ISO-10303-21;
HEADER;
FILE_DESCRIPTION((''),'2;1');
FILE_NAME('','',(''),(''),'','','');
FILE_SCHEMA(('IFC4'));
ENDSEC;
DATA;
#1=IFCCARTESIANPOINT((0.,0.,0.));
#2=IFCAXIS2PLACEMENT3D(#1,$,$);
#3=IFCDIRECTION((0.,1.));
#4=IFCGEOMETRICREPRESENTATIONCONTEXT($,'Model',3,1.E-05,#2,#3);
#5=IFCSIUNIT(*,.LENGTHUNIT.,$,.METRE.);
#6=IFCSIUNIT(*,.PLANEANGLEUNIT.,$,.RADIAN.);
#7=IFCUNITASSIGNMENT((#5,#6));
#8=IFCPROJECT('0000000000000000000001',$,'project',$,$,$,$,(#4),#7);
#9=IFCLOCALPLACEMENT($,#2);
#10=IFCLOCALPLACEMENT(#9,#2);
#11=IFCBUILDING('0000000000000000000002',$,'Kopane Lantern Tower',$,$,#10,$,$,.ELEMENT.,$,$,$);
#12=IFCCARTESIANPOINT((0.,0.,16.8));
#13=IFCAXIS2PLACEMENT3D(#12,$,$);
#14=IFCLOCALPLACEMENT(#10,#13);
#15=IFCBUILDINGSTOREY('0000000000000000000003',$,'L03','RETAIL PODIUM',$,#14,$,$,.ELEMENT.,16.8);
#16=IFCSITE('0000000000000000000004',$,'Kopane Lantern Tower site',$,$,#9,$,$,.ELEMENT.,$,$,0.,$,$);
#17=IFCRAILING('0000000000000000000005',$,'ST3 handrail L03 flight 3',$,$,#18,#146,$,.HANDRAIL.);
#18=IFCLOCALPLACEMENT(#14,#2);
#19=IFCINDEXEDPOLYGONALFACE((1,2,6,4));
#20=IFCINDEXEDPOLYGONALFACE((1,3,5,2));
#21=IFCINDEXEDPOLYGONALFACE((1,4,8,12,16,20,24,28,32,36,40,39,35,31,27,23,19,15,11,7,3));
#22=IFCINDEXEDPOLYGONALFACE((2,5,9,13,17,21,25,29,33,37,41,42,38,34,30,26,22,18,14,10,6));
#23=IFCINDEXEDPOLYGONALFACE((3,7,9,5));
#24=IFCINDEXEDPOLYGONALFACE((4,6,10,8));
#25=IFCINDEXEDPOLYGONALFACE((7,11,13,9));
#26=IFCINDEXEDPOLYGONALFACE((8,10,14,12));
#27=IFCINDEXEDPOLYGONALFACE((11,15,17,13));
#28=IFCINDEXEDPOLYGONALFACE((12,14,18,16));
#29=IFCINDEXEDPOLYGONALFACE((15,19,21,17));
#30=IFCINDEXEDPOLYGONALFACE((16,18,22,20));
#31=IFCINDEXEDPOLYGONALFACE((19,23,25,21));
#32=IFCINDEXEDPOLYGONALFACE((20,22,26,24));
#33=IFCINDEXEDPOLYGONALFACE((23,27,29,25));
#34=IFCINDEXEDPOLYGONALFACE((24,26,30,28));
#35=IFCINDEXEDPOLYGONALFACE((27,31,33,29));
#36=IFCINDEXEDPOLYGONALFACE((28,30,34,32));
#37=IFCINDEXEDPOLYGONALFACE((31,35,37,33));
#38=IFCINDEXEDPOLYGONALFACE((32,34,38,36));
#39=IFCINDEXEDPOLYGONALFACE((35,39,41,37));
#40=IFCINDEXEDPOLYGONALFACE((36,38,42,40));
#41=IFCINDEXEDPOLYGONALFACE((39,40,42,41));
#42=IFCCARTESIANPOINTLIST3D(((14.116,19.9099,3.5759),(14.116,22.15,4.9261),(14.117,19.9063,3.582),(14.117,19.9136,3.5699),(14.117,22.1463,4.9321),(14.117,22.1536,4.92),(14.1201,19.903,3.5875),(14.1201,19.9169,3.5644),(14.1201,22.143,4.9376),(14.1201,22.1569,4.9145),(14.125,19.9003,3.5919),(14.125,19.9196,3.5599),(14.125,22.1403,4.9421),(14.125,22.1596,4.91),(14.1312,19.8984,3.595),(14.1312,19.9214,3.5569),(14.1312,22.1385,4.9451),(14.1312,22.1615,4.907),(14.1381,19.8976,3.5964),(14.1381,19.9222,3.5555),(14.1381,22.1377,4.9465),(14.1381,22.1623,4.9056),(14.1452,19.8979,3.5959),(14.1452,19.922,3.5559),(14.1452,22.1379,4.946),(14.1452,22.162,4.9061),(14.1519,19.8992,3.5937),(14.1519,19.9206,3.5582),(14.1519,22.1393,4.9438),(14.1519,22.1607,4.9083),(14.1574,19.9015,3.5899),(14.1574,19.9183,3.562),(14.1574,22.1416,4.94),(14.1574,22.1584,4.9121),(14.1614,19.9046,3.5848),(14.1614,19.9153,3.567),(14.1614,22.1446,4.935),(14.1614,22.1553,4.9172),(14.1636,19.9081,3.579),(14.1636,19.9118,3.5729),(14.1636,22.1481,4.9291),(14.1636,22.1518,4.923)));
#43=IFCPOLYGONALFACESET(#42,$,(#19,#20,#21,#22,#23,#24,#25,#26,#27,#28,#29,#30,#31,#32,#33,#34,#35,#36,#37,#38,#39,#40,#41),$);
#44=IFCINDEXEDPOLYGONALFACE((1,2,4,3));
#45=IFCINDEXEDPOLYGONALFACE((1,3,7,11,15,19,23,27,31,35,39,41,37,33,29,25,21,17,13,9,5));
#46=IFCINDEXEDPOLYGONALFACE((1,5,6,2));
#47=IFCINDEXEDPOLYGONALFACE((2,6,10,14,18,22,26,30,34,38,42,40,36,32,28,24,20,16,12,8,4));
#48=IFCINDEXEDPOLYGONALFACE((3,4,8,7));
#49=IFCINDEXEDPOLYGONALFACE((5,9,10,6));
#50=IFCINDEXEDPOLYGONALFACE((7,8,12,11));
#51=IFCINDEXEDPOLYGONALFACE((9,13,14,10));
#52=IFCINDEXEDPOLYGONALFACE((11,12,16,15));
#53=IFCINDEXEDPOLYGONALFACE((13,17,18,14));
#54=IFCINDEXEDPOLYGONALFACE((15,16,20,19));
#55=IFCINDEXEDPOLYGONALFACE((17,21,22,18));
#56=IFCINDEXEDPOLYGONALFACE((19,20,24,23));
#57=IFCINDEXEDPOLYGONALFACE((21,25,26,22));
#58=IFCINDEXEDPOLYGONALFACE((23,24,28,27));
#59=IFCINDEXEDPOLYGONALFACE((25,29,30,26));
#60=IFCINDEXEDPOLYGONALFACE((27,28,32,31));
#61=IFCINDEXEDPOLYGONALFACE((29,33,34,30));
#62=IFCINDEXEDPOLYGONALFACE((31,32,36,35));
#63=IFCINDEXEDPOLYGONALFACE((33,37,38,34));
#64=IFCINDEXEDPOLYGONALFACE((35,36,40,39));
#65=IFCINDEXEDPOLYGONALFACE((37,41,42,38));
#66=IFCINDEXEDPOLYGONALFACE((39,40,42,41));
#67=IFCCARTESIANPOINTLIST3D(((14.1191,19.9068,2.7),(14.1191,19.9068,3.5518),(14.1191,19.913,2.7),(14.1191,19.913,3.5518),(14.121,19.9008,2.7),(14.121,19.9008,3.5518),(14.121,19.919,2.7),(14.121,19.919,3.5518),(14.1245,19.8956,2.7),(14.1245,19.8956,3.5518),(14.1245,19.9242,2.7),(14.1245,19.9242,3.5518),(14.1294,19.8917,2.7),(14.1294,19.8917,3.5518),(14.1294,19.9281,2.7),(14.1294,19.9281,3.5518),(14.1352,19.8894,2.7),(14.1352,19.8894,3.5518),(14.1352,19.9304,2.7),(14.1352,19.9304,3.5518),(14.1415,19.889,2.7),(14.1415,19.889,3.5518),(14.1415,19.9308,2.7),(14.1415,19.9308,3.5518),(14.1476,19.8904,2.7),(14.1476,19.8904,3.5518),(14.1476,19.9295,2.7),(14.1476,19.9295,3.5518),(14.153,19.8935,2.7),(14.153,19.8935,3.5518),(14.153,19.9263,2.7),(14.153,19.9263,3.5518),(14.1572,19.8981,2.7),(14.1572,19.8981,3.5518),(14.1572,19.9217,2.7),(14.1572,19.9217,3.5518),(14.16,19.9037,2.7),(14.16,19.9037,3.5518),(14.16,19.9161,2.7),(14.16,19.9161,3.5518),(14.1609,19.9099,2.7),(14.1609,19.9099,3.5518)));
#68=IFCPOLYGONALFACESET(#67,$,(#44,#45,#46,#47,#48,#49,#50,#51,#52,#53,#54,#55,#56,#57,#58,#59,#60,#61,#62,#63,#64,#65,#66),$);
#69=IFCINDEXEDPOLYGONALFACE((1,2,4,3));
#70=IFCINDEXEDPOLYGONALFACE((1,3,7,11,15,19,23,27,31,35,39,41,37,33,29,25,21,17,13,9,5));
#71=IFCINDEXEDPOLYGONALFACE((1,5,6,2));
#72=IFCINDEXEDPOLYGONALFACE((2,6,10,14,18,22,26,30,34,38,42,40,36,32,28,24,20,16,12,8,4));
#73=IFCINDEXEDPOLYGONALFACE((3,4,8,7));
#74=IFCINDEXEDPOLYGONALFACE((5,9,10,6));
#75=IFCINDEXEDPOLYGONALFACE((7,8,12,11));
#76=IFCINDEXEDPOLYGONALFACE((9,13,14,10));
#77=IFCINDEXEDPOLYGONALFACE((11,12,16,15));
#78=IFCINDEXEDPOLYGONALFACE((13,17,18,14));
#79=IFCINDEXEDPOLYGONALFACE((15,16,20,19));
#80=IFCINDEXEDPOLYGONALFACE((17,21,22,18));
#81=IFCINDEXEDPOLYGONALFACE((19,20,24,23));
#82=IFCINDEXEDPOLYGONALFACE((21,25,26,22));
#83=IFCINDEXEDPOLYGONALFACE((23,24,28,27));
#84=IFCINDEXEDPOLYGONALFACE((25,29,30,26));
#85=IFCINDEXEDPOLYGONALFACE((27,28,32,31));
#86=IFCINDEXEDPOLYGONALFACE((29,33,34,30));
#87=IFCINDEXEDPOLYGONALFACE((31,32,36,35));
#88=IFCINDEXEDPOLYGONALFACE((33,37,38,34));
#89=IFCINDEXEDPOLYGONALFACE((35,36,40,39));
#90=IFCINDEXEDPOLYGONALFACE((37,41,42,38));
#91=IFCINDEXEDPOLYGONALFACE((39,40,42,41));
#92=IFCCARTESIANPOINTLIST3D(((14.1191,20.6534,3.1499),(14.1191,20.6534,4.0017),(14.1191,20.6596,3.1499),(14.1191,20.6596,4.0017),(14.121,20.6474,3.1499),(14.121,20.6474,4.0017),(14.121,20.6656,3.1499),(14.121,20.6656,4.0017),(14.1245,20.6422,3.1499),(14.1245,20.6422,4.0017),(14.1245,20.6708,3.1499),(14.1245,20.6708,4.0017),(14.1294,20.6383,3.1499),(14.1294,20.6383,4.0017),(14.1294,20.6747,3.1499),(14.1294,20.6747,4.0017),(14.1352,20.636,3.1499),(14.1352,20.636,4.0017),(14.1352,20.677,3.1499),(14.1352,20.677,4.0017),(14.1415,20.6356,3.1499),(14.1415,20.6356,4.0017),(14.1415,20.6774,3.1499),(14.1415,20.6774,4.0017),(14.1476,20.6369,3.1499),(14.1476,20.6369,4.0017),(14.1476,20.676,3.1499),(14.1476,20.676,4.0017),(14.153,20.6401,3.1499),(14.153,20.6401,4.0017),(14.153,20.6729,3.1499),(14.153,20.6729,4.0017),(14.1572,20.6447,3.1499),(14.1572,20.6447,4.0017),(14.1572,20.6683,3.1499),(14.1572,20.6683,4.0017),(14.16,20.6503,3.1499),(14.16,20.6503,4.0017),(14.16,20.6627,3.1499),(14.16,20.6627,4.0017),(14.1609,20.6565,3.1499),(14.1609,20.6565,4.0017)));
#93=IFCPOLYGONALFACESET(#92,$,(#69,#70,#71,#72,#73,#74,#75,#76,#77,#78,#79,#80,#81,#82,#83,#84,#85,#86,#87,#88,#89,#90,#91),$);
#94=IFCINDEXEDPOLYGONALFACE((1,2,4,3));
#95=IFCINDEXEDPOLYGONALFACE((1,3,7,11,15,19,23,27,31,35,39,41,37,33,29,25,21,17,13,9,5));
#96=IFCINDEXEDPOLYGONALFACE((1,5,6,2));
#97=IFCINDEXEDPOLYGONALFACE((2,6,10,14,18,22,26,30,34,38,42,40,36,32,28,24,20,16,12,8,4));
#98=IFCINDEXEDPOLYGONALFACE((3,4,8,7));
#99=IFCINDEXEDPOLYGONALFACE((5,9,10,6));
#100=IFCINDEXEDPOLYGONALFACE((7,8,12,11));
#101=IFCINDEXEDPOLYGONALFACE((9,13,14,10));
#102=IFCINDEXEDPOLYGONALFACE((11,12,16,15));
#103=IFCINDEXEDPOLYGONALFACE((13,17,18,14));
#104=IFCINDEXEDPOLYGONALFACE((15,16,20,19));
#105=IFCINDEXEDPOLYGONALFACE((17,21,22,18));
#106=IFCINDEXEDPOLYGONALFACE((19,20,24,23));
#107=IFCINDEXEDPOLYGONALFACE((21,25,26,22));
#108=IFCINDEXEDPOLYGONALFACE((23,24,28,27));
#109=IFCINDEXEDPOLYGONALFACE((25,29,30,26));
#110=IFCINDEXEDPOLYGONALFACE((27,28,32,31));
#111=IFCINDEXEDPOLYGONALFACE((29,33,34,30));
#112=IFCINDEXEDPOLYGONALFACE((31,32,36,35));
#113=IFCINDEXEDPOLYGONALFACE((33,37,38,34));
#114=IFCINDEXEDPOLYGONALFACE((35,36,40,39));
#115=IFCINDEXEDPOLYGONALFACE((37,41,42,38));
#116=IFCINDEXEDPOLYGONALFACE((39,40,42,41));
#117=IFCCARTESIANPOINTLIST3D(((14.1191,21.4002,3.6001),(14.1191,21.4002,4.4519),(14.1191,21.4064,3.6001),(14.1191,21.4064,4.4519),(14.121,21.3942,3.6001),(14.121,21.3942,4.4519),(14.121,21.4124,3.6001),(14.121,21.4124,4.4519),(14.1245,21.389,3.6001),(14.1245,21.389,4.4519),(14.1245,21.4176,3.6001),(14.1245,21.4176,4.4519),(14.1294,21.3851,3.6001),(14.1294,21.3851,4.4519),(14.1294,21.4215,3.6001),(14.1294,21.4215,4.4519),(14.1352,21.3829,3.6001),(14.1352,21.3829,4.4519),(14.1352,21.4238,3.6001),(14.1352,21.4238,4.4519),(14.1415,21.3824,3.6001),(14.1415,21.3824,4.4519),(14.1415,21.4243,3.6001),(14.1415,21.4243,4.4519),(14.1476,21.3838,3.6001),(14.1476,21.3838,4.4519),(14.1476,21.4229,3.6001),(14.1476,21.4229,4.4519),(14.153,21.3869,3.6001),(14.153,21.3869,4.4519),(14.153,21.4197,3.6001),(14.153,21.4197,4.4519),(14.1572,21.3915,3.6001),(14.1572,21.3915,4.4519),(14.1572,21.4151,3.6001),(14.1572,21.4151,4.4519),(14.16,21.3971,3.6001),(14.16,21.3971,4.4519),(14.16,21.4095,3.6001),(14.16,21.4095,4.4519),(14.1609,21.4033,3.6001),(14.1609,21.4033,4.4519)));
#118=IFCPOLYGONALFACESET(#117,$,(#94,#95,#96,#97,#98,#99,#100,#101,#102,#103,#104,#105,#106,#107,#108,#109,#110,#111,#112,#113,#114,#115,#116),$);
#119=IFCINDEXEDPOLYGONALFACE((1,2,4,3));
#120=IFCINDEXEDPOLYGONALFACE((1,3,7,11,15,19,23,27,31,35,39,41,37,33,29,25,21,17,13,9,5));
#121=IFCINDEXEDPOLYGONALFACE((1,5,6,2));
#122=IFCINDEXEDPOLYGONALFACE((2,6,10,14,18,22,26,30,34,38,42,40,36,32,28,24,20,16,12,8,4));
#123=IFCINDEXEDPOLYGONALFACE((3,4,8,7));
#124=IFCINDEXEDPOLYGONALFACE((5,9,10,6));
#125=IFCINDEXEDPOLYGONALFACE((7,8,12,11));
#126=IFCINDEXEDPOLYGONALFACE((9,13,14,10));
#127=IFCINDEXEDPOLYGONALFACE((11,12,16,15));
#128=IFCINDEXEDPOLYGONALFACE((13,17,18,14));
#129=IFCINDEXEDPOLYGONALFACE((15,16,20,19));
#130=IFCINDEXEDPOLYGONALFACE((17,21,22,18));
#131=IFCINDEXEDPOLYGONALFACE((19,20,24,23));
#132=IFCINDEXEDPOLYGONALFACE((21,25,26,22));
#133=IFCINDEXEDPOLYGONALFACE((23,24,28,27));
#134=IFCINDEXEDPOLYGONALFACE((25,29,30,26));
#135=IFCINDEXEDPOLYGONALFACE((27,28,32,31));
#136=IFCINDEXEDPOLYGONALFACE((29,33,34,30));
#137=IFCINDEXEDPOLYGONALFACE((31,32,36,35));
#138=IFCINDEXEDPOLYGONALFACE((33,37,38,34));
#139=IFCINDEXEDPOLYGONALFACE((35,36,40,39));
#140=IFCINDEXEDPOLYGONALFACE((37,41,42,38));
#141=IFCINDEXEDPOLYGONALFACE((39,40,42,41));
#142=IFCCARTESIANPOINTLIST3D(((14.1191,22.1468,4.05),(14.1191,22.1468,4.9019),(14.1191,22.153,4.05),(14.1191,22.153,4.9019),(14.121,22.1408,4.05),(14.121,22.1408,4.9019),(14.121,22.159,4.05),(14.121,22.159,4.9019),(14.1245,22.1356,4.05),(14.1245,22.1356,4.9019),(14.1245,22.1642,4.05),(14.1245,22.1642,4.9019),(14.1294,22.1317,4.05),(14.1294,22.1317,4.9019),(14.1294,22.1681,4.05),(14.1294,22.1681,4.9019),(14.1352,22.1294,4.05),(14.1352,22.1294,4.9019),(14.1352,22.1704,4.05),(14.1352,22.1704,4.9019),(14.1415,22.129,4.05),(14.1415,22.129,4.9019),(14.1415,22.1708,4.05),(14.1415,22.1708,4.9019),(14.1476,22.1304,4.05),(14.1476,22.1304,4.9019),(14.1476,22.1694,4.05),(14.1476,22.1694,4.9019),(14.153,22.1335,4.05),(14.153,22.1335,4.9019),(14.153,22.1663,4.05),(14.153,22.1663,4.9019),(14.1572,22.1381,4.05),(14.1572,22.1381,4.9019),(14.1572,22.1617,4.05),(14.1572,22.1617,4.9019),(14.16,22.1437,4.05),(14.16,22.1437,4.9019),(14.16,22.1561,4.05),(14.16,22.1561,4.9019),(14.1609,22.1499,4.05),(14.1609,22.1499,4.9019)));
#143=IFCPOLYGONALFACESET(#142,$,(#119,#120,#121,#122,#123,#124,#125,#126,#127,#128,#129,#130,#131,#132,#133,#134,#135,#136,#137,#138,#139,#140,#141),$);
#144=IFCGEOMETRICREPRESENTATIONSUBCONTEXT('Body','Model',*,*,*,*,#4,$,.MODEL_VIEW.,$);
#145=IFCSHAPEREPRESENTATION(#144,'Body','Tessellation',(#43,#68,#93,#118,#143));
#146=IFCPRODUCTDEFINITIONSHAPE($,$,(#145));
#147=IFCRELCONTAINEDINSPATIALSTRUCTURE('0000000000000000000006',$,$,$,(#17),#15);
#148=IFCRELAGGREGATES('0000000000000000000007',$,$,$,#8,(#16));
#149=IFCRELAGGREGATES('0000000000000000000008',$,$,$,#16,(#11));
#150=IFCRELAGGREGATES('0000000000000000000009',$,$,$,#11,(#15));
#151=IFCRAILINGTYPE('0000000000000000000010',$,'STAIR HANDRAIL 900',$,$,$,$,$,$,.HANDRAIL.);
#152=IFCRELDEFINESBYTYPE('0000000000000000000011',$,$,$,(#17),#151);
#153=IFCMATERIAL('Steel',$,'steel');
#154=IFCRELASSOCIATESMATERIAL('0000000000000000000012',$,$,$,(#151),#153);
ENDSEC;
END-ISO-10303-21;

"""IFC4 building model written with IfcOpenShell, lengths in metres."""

from ifc_helpers import new_model, si_unit, direction, frame, origin, origin_2d, place, context, subcontext, project, spatial, circle, extrude, material, type_object, element, save


model = new_model("IFC4")

# Units and contexts
model_context = context("Model", 3, precision=1e-05, world=origin(), true_north=direction((0.0, 1.0)))
body_context = subcontext(model_context, "Body", "Model", "MODEL_VIEW")
ifc_project = project(units=[si_unit("LENGTHUNIT", "METRE"), si_unit("PLANEANGLEUNIT", "RADIAN")], contexts=[model_context])

# Site, building, storey
site_placement = place(None, origin())
site = spatial("IfcSite", under=ifc_project, at=site_placement, Name="Kopane Lantern Tower site", CompositionType="ELEMENT", RefElevation=0.0)
building_placement = place(site_placement, origin())
building = spatial("IfcBuilding", under=site, at=building_placement, Name="Kopane Lantern Tower", CompositionType="ELEMENT")
storey_placement = place(building_placement, frame((0.0, 0.0, 16.8)))
storey = spatial("IfcBuildingStorey", under=building, at=storey_placement, Name="L03", Description="RETAIL PODIUM", CompositionType="ELEMENT", Elevation=16.8)

# Railing
ifc_material_1 = material(Name="Steel", Category="steel")
railing_type_1 = type_object("IfcRailingType", Name="STAIR HANDRAIL 900", PredefinedType="HANDRAIL", material=ifc_material_1)
for number, where, name in (
    (1, (14.1399, 19.9099, 2.7), "ST3 handrail L03 flight 3"),
):
    element("IfcRailing", number, at=place(storey_placement, frame(where)), inside=storey, type_object=railing_type_1, Name=name, PredefinedType="HANDRAIL", context=body_context, shape_type="SweptSolid", body=[
        extrude(circle(Radius=0.0239, at=origin_2d()), frame((0.0, 0.0, 0.876), z_axis=(0.0, 0.856462, 0.516211), x_axis=(-1.0, 0.0, 0.0)), (0.0, 0.0, 1.0), 2.6155),
        extrude(circle(Radius=0.021, at=origin_2d()), origin(), (0.0, 0.0, 1.0), 0.8518),
        extrude(circle(Radius=0.021, at=origin_2d()), frame((0.0, 0.7466, 0.45)), (0.0, 0.0, 1.0), 0.8518),
        extrude(circle(Radius=0.021, at=origin_2d()), frame((0.0, 1.4934, 0.9001)), (0.0, 0.0, 1.0), 0.8518),
        extrude(circle(Radius=0.021, at=origin_2d()), frame((0.0, 2.24, 1.3501)), (0.0, 0.0, 1.0), 0.8518),
    ])

save(model, "model.ifc")
